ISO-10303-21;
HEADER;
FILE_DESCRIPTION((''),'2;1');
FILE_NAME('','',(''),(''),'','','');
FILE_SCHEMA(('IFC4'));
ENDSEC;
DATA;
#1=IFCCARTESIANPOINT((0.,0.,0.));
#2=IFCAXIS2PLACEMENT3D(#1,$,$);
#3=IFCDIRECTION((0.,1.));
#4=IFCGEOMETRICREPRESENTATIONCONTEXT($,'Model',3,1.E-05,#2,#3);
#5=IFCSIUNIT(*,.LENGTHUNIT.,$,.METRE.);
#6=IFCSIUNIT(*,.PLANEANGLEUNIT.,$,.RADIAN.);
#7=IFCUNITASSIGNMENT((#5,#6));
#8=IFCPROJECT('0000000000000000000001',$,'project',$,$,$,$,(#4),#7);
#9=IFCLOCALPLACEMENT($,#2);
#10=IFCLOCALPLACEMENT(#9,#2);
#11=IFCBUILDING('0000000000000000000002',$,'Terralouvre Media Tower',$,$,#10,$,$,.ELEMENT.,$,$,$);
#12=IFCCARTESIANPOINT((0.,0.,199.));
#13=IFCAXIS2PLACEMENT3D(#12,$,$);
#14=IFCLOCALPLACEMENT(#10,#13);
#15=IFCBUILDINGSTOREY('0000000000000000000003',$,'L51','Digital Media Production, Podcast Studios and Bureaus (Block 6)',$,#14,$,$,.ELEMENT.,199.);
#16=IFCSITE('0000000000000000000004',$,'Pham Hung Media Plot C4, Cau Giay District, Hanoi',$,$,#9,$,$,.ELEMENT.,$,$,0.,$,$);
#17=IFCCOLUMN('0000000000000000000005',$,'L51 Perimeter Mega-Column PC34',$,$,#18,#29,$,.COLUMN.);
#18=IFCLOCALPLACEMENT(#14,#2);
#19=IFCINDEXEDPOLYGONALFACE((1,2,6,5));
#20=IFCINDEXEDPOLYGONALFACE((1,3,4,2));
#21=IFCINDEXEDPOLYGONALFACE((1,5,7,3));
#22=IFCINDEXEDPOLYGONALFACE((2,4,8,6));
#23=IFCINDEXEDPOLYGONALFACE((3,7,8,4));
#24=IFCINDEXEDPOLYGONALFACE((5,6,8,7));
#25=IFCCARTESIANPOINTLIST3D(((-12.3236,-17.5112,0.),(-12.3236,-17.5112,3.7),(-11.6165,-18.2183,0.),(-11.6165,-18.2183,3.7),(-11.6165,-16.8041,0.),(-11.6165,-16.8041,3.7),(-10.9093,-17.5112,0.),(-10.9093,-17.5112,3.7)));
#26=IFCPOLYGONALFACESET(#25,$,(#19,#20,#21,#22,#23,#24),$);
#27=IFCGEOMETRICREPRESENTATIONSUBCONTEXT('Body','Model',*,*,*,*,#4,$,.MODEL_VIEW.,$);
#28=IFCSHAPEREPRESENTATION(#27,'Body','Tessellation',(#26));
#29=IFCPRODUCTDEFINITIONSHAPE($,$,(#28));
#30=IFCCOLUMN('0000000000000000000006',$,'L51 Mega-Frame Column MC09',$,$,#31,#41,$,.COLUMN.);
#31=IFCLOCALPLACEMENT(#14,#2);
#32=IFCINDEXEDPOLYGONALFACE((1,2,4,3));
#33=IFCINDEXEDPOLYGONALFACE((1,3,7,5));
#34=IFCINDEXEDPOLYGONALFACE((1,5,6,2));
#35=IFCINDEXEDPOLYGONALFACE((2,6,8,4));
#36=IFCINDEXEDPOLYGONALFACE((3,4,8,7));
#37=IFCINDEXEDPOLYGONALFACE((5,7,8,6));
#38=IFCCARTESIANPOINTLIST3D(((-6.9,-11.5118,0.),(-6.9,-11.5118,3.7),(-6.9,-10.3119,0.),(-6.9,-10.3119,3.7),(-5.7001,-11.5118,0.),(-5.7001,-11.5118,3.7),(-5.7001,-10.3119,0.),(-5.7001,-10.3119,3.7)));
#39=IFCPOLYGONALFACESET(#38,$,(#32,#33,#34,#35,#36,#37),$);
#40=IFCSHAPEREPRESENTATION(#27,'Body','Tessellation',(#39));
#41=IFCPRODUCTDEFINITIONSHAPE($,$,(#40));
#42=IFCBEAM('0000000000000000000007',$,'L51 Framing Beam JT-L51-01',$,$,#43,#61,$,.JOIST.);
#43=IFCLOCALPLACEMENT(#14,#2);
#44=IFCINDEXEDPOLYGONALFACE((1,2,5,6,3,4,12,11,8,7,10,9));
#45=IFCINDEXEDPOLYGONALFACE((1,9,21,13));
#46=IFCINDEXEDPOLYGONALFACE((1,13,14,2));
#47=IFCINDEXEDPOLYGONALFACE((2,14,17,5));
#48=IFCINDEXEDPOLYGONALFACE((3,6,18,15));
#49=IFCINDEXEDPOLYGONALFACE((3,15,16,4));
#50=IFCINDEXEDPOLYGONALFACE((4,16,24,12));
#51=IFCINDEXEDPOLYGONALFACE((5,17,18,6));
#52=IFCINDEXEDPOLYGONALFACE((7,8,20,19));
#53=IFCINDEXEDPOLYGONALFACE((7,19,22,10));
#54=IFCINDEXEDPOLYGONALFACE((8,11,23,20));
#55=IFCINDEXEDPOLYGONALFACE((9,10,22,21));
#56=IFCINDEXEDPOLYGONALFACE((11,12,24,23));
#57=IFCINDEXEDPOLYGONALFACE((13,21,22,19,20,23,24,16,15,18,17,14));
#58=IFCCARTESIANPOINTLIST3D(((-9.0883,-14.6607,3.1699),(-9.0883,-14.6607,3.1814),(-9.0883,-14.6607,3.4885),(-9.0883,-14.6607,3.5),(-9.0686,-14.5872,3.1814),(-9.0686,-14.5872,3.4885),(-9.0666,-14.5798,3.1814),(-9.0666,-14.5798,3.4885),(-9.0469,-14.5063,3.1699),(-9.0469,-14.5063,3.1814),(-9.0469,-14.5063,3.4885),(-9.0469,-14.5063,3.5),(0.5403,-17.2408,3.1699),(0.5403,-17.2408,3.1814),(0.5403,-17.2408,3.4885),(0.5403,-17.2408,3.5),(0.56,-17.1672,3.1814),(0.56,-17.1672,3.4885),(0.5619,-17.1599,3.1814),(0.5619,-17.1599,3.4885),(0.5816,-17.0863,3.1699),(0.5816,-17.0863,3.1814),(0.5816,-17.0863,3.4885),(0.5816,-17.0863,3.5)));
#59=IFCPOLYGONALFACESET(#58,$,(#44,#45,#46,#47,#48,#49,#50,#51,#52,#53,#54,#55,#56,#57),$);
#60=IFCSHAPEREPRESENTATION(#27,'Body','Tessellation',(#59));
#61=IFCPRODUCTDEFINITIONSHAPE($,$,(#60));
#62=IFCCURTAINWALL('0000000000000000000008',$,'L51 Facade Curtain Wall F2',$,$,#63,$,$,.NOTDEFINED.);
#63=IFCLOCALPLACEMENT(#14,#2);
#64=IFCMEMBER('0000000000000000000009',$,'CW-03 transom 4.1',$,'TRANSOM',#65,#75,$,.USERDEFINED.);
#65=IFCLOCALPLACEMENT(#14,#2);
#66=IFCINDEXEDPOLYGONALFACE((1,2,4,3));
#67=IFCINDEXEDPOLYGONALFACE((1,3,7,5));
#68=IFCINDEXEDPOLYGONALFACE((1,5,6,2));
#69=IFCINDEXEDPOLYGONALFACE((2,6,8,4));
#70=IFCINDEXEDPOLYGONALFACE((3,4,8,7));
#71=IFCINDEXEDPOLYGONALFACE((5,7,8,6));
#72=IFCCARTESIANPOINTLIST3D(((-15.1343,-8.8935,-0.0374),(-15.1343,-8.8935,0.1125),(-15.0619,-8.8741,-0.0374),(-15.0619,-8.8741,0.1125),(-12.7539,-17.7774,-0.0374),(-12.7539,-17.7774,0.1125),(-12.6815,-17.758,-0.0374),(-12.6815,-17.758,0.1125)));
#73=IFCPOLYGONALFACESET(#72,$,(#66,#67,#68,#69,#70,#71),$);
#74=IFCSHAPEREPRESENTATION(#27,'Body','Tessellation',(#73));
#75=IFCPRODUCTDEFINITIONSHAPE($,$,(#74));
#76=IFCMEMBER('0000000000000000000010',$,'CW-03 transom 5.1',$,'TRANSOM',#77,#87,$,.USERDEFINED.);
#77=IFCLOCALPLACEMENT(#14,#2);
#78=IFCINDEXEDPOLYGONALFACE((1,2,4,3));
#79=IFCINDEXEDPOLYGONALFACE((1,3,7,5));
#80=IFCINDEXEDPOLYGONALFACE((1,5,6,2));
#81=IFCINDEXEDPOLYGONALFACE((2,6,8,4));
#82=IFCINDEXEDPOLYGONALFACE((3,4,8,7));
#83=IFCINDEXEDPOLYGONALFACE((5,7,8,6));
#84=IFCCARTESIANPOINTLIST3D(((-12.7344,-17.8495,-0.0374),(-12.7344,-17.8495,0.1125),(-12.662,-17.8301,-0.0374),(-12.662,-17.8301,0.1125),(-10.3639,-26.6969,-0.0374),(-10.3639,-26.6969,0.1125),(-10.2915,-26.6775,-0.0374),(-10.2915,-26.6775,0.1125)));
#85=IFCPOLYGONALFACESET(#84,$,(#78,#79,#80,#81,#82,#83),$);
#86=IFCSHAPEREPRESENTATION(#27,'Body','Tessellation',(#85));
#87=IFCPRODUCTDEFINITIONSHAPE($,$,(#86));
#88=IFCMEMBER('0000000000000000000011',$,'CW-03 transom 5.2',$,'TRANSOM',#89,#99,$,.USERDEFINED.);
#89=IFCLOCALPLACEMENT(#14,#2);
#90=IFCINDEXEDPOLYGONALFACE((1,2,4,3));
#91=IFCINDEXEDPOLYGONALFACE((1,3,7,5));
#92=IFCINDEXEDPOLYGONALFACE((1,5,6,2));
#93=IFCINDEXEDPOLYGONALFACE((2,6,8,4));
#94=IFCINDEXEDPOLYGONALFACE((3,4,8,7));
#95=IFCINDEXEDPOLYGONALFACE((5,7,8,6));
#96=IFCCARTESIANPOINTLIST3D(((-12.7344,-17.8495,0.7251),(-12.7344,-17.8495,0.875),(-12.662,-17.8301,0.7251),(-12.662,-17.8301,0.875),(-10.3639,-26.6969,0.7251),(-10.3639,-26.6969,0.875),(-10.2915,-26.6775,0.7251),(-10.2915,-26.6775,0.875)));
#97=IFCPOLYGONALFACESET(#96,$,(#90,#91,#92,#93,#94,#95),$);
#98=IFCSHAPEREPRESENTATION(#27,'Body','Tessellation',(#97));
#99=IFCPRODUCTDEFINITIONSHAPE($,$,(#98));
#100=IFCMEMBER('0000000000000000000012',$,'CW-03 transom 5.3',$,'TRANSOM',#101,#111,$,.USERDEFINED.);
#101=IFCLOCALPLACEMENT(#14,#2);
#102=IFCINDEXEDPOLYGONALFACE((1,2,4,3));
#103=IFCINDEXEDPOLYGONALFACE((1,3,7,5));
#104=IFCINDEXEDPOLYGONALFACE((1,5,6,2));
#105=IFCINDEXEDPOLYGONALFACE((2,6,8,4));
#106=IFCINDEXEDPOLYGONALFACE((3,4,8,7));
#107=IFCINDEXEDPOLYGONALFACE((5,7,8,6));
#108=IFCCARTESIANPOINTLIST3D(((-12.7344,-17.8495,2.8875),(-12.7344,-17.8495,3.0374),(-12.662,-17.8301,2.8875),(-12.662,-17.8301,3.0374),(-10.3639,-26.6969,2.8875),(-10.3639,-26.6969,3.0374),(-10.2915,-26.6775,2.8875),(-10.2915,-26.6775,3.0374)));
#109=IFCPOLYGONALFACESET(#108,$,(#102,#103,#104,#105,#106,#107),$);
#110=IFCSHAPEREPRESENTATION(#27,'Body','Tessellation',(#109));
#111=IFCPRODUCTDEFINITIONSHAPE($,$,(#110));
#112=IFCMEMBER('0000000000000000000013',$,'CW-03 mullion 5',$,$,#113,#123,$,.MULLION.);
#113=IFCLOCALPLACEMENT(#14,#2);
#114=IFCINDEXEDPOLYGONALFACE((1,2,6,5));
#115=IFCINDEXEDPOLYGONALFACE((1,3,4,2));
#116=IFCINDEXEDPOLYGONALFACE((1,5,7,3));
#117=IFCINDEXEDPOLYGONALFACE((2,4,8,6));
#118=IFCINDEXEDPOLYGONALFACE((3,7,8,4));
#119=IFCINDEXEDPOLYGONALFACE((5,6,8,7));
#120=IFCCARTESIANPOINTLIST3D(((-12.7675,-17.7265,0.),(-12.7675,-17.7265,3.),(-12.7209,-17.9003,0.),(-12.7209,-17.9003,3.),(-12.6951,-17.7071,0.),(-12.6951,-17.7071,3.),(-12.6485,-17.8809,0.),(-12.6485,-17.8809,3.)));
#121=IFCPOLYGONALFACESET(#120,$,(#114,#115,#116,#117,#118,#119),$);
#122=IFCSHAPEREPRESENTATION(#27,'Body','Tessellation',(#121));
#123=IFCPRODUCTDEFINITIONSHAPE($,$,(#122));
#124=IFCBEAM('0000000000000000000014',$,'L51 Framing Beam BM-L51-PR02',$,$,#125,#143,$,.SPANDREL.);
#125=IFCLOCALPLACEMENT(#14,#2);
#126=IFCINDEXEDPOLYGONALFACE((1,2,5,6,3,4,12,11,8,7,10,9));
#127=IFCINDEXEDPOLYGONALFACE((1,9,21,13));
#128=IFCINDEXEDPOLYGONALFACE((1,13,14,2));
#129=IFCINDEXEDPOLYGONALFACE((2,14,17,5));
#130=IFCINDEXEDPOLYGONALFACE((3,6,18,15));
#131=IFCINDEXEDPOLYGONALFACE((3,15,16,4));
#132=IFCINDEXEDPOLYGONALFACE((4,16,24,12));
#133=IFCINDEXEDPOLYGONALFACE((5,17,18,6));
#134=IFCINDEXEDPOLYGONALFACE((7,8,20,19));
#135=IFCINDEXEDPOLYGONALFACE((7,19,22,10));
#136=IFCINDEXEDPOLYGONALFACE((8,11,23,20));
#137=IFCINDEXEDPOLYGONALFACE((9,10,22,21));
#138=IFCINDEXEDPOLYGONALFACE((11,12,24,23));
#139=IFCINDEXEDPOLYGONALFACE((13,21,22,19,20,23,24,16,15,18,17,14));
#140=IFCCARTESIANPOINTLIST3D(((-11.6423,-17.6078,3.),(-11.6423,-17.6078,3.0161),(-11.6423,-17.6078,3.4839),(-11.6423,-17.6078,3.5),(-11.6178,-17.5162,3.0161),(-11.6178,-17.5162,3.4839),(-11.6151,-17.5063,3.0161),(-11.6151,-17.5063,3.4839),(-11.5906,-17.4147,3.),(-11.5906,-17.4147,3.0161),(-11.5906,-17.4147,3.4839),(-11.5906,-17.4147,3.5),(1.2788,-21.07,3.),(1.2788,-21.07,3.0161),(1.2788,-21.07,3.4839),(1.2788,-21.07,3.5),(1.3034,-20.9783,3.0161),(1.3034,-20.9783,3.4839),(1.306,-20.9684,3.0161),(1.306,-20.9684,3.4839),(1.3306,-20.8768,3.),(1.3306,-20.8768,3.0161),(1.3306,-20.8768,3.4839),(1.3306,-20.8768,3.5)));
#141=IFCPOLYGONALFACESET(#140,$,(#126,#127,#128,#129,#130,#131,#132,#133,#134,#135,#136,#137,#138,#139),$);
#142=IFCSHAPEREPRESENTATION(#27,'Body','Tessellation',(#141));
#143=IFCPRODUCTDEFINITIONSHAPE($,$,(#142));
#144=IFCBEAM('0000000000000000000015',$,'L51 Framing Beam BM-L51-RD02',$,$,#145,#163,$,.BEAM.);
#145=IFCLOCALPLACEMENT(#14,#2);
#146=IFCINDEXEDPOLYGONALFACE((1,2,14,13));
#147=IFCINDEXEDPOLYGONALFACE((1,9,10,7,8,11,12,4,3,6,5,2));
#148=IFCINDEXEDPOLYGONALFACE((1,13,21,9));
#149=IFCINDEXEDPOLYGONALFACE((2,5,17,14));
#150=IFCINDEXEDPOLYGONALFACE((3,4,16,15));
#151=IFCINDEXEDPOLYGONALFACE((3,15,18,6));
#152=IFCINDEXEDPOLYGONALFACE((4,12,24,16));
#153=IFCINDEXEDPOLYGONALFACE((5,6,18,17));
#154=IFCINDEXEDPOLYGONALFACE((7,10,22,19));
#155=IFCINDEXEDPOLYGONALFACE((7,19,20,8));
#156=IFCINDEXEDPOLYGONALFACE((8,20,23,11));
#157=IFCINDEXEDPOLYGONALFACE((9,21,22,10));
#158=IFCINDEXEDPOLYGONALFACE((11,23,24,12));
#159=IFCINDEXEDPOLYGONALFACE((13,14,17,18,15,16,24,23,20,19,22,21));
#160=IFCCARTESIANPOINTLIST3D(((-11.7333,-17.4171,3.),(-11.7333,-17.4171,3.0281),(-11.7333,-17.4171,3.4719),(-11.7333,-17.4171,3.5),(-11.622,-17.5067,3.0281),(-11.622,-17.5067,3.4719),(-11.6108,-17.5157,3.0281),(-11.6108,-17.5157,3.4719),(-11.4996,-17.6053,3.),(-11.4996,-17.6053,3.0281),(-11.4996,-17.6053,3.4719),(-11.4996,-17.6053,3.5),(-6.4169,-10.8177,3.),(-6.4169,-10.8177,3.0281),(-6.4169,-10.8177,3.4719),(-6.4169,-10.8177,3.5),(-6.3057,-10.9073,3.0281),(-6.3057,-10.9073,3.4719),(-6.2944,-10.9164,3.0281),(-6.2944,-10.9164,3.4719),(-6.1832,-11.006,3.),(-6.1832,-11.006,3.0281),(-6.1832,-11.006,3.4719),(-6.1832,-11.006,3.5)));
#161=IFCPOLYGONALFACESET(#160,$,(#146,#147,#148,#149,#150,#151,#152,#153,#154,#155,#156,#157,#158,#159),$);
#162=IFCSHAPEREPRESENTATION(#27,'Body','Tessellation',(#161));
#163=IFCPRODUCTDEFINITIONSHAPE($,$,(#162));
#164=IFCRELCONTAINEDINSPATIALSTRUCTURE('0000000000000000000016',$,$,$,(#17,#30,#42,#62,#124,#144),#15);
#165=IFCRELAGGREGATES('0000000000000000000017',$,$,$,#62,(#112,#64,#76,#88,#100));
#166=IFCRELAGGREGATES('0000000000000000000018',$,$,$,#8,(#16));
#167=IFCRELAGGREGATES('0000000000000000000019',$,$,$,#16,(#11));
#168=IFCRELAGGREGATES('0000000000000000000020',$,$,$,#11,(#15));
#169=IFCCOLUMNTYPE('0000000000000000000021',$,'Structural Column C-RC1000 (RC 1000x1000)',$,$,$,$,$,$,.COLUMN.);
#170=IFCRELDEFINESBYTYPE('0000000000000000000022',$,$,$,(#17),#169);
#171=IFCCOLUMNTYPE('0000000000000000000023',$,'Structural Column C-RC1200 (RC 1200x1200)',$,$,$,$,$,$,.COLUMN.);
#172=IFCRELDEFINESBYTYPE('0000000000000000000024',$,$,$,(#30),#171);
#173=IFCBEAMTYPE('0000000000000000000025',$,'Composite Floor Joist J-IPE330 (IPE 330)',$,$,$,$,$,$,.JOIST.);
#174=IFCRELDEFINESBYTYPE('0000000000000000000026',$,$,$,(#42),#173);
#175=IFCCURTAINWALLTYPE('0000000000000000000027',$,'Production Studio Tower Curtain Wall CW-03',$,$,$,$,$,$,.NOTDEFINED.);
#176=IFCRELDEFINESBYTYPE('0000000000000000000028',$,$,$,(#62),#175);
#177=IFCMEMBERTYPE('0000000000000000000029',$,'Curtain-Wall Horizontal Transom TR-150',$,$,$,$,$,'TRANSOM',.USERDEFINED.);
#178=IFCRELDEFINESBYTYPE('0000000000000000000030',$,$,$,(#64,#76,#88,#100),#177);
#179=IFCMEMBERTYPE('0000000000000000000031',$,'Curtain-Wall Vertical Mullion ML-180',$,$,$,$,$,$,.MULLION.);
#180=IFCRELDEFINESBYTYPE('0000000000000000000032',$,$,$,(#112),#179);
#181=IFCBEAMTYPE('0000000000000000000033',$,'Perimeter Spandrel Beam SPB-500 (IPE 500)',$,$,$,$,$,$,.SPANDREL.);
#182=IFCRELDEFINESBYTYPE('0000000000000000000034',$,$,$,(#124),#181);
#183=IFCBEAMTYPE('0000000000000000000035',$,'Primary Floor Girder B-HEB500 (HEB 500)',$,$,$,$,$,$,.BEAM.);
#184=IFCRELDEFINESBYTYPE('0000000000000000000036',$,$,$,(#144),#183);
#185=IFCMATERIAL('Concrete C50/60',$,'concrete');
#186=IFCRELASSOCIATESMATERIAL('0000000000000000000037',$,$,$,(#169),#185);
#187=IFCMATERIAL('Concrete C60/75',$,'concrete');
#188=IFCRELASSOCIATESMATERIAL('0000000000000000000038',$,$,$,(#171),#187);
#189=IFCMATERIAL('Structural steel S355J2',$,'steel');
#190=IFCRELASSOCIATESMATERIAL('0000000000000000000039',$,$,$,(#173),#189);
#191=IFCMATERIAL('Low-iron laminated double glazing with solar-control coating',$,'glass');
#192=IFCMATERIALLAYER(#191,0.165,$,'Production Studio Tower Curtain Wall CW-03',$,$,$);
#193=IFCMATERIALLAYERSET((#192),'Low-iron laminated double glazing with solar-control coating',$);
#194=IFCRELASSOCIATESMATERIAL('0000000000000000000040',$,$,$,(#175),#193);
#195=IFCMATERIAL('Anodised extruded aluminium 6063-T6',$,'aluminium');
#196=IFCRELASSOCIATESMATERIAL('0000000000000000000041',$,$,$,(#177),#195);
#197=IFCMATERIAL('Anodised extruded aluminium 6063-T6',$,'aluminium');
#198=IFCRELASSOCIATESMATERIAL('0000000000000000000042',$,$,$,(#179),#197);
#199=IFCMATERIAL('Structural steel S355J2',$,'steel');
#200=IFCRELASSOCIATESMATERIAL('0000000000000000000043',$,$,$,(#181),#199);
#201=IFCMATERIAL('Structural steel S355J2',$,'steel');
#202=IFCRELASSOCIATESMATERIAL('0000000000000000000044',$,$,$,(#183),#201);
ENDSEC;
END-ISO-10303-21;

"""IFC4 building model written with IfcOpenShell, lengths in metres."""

from ifc_helpers import new_model, si_unit, direction, frame, origin, origin_2d, place, context, subcontext, project, spatial, rectangle, i_section, extrude, material, layer, layer_set, material_profile, profile_set, type_object, element, aggregate, save


model = new_model("IFC4")

# Units and contexts
model_context = context("Model", 3, precision=1e-05, world=origin(), true_north=direction((0.0, 1.0)))
body_context = subcontext(model_context, "Body", "Model", "MODEL_VIEW")
ifc_project = project(units=[si_unit("LENGTHUNIT", "METRE"), si_unit("PLANEANGLEUNIT", "RADIAN")], contexts=[model_context])

# Site, building, storey
site_placement = place(None, origin())
site = spatial("IfcSite", under=ifc_project, at=site_placement, Name="Pham Hung Media Plot C4, Cau Giay District, Hanoi", CompositionType="ELEMENT", RefElevation=0.0)
building_placement = place(site_placement, origin())
building = spatial("IfcBuilding", under=site, at=building_placement, Name="Terralouvre Media Tower", CompositionType="ELEMENT")
storey_placement = place(building_placement, frame((0.0, 0.0, 199.0)))
storey = spatial("IfcBuildingStorey", under=building, at=storey_placement, Name="L51", Description="Digital Media Production, Podcast Studios and Bureaus (Block 6)", CompositionType="ELEMENT", Elevation=199.0)

# Columns
ifc_material_1 = material(Name="Concrete C50/60", Category="concrete")
ifc_material_profile_1 = material_profile(ifc_material_1, rectangle(XDim=1.0, YDim=1.0, at=origin_2d()), Name="RC 1000x1000")
ifc_profile_set_1 = profile_set([ifc_material_profile_1], Name="Concrete C50/60")
column_type_1 = type_object("IfcColumnType", Name="Structural Column C-RC1000 (RC 1000x1000)", PredefinedType="COLUMN", material=ifc_profile_set_1)
column_1_placement = place(storey_placement, frame((-11.6165, -17.5112, 0.0), z_axis=(0.0, 0.0, 1.0), x_axis=(0.707107, 0.707107, 0.0)))
element("IfcColumn", 1, at=column_1_placement, inside=storey, type_object=column_type_1, Name="L51 Perimeter Mega-Column PC34", PredefinedType="COLUMN", context=body_context, shape_type="SweptSolid", body=[
    extrude(rectangle(XDim=1.0, YDim=1.0, at=origin_2d()), origin(), (0.0, 0.0, 1.0), 3.7),
])
ifc_material_2 = material(Name="Concrete C60/75", Category="concrete")
ifc_material_profile_2 = material_profile(ifc_material_2, rectangle(XDim=1.2, YDim=1.2, at=origin_2d()), Name="RC 1200x1200")
ifc_profile_set_2 = profile_set([ifc_material_profile_2], Name="Concrete C60/75")
column_type_2 = type_object("IfcColumnType", Name="Structural Column C-RC1200 (RC 1200x1200)", PredefinedType="COLUMN", material=ifc_profile_set_2)
column_2_placement = place(storey_placement, frame((-6.3, -10.9119, 0.0), z_axis=(0.0, 0.0, 1.0), x_axis=(1.0, 0.0, 0.0)))
element("IfcColumn", 2, at=column_2_placement, inside=storey, type_object=column_type_2, Name="L51 Mega-Frame Column MC09", PredefinedType="COLUMN", context=body_context, shape_type="SweptSolid", body=[
    extrude(rectangle(XDim=1.2, YDim=1.2, at=origin_2d()), origin(), (0.0, 0.0, 1.0), 3.7),
])

# Beam
ifc_material_3 = material(Name="Structural steel S355J2", Category="steel")
ifc_material_profile_3 = material_profile(ifc_material_3, i_section(OverallWidth=0.1599, OverallDepth=0.3301, WebThickness=0.0076, FlangeThickness=0.0115, at=origin_2d()), Name="IPE 330")
ifc_profile_set_3 = profile_set([ifc_material_profile_3], Name="Structural steel S355J2")
beam_type_1 = type_object("IfcBeamType", Name="Composite Floor Joist J-IPE330 (IPE 330)", PredefinedType="JOIST", material=ifc_profile_set_3)
beam_1_placement = place(storey_placement, frame((-9.0676, -14.5835, 3.335), z_axis=(0.965924, -0.258827, 0.0), x_axis=(0.258827, 0.965924, 0.0)))
element("IfcBeam", 3, at=beam_1_placement, inside=storey, type_object=beam_type_1, Name="L51 Framing Beam JT-L51-01", PredefinedType="JOIST", context=body_context, shape_type="SweptSolid", body=[
    extrude(i_section(OverallWidth=0.1599, OverallDepth=0.3301, WebThickness=0.0076, FlangeThickness=0.0115, at=origin_2d()), origin(), (0.0, 0.0, 1.0), 9.9683),
])

# Curtain wall, members
ifc_material_4 = material(Name="Low-iron laminated double glazing with solar-control coating", Category="glass")
ifc_layer_1 = layer(ifc_material_4, 0.165, Name="Production Studio Tower Curtain Wall CW-03")
ifc_layer_set_1 = layer_set([ifc_layer_1], Name="Low-iron laminated double glazing with solar-control coating")
curtain_wall_type = type_object("IfcCurtainWallType", Name="Production Studio Tower Curtain Wall CW-03", PredefinedType="NOTDEFINED", material=ifc_layer_set_1)
curtain_wall_placement = place(storey_placement, origin())
curtain_wall = element("IfcCurtainWall", 4, at=curtain_wall_placement, inside=storey, type_object=curtain_wall_type, Name="L51 Facade Curtain Wall F2", PredefinedType="NOTDEFINED")
ifc_material_5 = material(Name="Anodised extruded aluminium 6063-T6", Category="aluminium")
ifc_material_profile_4 = material_profile(ifc_material_5, rectangle(XDim=0.075, YDim=0.1499, at=origin_2d()), Name="ALU 75x150")
ifc_profile_set_4 = profile_set([ifc_material_profile_4], Name="Anodised extruded aluminium 6063-T6")
member_type_1 = type_object("IfcMemberType", Name="Curtain-Wall Horizontal Transom TR-150", ElementType="TRANSOM", PredefinedType="USERDEFINED", material=ifc_profile_set_4)
member_1_placement = place(storey_placement, frame((-15.0981, -8.8838, 0.0376), z_axis=(0.258816, -0.965927, 0.0), x_axis=(0.965927, 0.258816, 0.0)))
member_1 = element("IfcMember", 5, at=member_1_placement, type_object=member_type_1, Name="CW-03 transom 4.1", ObjectType="TRANSOM", PredefinedType="USERDEFINED", context=body_context, shape_type="SweptSolid", body=[
    extrude(rectangle(XDim=0.075, YDim=0.1499, at=origin_2d()), origin(), (0.0, 0.0, 1.0), 9.1973),
])
member_2_placement = place(storey_placement, frame((-12.6982, -17.8398, 0.0376), z_axis=(0.258814, -0.965927, 0.0), x_axis=(0.965927, 0.258814, 0.0)))
member_2 = element("IfcMember", 6, at=member_2_placement, type_object=member_type_1, Name="CW-03 transom 5.1", ObjectType="TRANSOM", PredefinedType="USERDEFINED", context=body_context, shape_type="SweptSolid", body=[
    extrude(rectangle(XDim=0.075, YDim=0.1499, at=origin_2d()), origin(), (0.0, 0.0, 1.0), 9.1594),
])
member_3_placement = place(storey_placement, frame((-12.6982, -17.8398, 0.8), z_axis=(0.258814, -0.965927, 0.0), x_axis=(0.965927, 0.258814, 0.0)))
member_3 = element("IfcMember", 7, at=member_3_placement, type_object=member_type_1, Name="CW-03 transom 5.2", ObjectType="TRANSOM", PredefinedType="USERDEFINED", context=body_context, shape_type="SweptSolid", body=[
    extrude(rectangle(XDim=0.075, YDim=0.1499, at=origin_2d()), origin(), (0.0, 0.0, 1.0), 9.1594),
])
member_4_placement = place(storey_placement, frame((-12.6982, -17.8398, 2.9624), z_axis=(0.258814, -0.965927, 0.0), x_axis=(0.965927, 0.258814, 0.0)))
member_4 = element("IfcMember", 8, at=member_4_placement, type_object=member_type_1, Name="CW-03 transom 5.3", ObjectType="TRANSOM", PredefinedType="USERDEFINED", context=body_context, shape_type="SweptSolid", body=[
    extrude(rectangle(XDim=0.075, YDim=0.1499, at=origin_2d()), origin(), (0.0, 0.0, 1.0), 9.1594),
])
ifc_material_6 = material(Name="Anodised extruded aluminium 6063-T6", Category="aluminium")
ifc_material_profile_5 = material_profile(ifc_material_6, rectangle(XDim=0.075, YDim=0.1799, at=origin_2d()), Name="ALU 75x180")
ifc_profile_set_5 = profile_set([ifc_material_profile_5], Name="Anodised extruded aluminium 6063-T6")
member_type_2 = type_object("IfcMemberType", Name="Curtain-Wall Vertical Mullion ML-180", PredefinedType="MULLION", material=ifc_profile_set_5)
member_5_placement = place(storey_placement, frame((-12.708, -17.8037, 0.0), z_axis=(0.0, 0.0, 1.0), x_axis=(0.965926, 0.258819, 0.0)))
member_5 = element("IfcMember", 9, at=member_5_placement, type_object=member_type_2, Name="CW-03 mullion 5", PredefinedType="MULLION", context=body_context, shape_type="SweptSolid", body=[
    extrude(rectangle(XDim=0.075, YDim=0.1799, at=origin_2d()), origin(), (0.0, 0.0, 1.0), 3.0),
])

# Beams
ifc_material_7 = material(Name="Structural steel S355J2", Category="steel")
ifc_material_profile_6 = material_profile(ifc_material_7, i_section(OverallWidth=0.2, OverallDepth=0.5, WebThickness=0.0103, FlangeThickness=0.0161, at=origin_2d()), Name="IPE 500")
ifc_profile_set_6 = profile_set([ifc_material_profile_6], Name="Structural steel S355J2")
beam_type_2 = type_object("IfcBeamType", Name="Perimeter Spandrel Beam SPB-500 (IPE 500)", PredefinedType="SPANDREL", material=ifc_profile_set_6)
beam_2_placement = place(storey_placement, frame((-11.6165, -17.5112, 3.25), z_axis=(0.965927, -0.258815, 0.0), x_axis=(0.258815, 0.965927, 0.0)))
element("IfcBeam", 10, at=beam_2_placement, inside=storey, type_object=beam_type_2, Name="L51 Framing Beam BM-L51-PR02", PredefinedType="SPANDREL", context=body_context, shape_type="SweptSolid", body=[
    extrude(i_section(OverallWidth=0.2, OverallDepth=0.5, WebThickness=0.0103, FlangeThickness=0.0161, at=origin_2d()), origin(), (0.0, 0.0, 1.0), 13.377),
])
ifc_material_8 = material(Name="Structural steel S355J2", Category="steel")
ifc_material_profile_7 = material_profile(ifc_material_8, i_section(OverallWidth=0.3, OverallDepth=0.5, WebThickness=0.0144, FlangeThickness=0.0281, at=origin_2d()), Name="HEB 500")
ifc_profile_set_7 = profile_set([ifc_material_profile_7], Name="Structural steel S355J2")
beam_type_3 = type_object("IfcBeamType", Name="Primary Floor Girder B-HEB500 (HEB 500)", PredefinedType="BEAM", material=ifc_profile_set_7)
beam_3_placement = place(storey_placement, frame((-6.3, -10.9119, 3.25), z_axis=(-0.627347, -0.778739, 0.0), x_axis=(0.778739, -0.627347, 0.0)))
element("IfcBeam", 11, at=beam_3_placement, inside=storey, type_object=beam_type_3, Name="L51 Framing Beam BM-L51-RD02", PredefinedType="BEAM", context=body_context, shape_type="SweptSolid", body=[
    extrude(i_section(OverallWidth=0.3, OverallDepth=0.5, WebThickness=0.0144, FlangeThickness=0.0281, at=origin_2d()), origin(), (0.0, 0.0, 1.0), 8.4744),
])

aggregate(curtain_wall, [member_5, member_1, member_2, member_3, member_4])

save(model, "model.ifc")
